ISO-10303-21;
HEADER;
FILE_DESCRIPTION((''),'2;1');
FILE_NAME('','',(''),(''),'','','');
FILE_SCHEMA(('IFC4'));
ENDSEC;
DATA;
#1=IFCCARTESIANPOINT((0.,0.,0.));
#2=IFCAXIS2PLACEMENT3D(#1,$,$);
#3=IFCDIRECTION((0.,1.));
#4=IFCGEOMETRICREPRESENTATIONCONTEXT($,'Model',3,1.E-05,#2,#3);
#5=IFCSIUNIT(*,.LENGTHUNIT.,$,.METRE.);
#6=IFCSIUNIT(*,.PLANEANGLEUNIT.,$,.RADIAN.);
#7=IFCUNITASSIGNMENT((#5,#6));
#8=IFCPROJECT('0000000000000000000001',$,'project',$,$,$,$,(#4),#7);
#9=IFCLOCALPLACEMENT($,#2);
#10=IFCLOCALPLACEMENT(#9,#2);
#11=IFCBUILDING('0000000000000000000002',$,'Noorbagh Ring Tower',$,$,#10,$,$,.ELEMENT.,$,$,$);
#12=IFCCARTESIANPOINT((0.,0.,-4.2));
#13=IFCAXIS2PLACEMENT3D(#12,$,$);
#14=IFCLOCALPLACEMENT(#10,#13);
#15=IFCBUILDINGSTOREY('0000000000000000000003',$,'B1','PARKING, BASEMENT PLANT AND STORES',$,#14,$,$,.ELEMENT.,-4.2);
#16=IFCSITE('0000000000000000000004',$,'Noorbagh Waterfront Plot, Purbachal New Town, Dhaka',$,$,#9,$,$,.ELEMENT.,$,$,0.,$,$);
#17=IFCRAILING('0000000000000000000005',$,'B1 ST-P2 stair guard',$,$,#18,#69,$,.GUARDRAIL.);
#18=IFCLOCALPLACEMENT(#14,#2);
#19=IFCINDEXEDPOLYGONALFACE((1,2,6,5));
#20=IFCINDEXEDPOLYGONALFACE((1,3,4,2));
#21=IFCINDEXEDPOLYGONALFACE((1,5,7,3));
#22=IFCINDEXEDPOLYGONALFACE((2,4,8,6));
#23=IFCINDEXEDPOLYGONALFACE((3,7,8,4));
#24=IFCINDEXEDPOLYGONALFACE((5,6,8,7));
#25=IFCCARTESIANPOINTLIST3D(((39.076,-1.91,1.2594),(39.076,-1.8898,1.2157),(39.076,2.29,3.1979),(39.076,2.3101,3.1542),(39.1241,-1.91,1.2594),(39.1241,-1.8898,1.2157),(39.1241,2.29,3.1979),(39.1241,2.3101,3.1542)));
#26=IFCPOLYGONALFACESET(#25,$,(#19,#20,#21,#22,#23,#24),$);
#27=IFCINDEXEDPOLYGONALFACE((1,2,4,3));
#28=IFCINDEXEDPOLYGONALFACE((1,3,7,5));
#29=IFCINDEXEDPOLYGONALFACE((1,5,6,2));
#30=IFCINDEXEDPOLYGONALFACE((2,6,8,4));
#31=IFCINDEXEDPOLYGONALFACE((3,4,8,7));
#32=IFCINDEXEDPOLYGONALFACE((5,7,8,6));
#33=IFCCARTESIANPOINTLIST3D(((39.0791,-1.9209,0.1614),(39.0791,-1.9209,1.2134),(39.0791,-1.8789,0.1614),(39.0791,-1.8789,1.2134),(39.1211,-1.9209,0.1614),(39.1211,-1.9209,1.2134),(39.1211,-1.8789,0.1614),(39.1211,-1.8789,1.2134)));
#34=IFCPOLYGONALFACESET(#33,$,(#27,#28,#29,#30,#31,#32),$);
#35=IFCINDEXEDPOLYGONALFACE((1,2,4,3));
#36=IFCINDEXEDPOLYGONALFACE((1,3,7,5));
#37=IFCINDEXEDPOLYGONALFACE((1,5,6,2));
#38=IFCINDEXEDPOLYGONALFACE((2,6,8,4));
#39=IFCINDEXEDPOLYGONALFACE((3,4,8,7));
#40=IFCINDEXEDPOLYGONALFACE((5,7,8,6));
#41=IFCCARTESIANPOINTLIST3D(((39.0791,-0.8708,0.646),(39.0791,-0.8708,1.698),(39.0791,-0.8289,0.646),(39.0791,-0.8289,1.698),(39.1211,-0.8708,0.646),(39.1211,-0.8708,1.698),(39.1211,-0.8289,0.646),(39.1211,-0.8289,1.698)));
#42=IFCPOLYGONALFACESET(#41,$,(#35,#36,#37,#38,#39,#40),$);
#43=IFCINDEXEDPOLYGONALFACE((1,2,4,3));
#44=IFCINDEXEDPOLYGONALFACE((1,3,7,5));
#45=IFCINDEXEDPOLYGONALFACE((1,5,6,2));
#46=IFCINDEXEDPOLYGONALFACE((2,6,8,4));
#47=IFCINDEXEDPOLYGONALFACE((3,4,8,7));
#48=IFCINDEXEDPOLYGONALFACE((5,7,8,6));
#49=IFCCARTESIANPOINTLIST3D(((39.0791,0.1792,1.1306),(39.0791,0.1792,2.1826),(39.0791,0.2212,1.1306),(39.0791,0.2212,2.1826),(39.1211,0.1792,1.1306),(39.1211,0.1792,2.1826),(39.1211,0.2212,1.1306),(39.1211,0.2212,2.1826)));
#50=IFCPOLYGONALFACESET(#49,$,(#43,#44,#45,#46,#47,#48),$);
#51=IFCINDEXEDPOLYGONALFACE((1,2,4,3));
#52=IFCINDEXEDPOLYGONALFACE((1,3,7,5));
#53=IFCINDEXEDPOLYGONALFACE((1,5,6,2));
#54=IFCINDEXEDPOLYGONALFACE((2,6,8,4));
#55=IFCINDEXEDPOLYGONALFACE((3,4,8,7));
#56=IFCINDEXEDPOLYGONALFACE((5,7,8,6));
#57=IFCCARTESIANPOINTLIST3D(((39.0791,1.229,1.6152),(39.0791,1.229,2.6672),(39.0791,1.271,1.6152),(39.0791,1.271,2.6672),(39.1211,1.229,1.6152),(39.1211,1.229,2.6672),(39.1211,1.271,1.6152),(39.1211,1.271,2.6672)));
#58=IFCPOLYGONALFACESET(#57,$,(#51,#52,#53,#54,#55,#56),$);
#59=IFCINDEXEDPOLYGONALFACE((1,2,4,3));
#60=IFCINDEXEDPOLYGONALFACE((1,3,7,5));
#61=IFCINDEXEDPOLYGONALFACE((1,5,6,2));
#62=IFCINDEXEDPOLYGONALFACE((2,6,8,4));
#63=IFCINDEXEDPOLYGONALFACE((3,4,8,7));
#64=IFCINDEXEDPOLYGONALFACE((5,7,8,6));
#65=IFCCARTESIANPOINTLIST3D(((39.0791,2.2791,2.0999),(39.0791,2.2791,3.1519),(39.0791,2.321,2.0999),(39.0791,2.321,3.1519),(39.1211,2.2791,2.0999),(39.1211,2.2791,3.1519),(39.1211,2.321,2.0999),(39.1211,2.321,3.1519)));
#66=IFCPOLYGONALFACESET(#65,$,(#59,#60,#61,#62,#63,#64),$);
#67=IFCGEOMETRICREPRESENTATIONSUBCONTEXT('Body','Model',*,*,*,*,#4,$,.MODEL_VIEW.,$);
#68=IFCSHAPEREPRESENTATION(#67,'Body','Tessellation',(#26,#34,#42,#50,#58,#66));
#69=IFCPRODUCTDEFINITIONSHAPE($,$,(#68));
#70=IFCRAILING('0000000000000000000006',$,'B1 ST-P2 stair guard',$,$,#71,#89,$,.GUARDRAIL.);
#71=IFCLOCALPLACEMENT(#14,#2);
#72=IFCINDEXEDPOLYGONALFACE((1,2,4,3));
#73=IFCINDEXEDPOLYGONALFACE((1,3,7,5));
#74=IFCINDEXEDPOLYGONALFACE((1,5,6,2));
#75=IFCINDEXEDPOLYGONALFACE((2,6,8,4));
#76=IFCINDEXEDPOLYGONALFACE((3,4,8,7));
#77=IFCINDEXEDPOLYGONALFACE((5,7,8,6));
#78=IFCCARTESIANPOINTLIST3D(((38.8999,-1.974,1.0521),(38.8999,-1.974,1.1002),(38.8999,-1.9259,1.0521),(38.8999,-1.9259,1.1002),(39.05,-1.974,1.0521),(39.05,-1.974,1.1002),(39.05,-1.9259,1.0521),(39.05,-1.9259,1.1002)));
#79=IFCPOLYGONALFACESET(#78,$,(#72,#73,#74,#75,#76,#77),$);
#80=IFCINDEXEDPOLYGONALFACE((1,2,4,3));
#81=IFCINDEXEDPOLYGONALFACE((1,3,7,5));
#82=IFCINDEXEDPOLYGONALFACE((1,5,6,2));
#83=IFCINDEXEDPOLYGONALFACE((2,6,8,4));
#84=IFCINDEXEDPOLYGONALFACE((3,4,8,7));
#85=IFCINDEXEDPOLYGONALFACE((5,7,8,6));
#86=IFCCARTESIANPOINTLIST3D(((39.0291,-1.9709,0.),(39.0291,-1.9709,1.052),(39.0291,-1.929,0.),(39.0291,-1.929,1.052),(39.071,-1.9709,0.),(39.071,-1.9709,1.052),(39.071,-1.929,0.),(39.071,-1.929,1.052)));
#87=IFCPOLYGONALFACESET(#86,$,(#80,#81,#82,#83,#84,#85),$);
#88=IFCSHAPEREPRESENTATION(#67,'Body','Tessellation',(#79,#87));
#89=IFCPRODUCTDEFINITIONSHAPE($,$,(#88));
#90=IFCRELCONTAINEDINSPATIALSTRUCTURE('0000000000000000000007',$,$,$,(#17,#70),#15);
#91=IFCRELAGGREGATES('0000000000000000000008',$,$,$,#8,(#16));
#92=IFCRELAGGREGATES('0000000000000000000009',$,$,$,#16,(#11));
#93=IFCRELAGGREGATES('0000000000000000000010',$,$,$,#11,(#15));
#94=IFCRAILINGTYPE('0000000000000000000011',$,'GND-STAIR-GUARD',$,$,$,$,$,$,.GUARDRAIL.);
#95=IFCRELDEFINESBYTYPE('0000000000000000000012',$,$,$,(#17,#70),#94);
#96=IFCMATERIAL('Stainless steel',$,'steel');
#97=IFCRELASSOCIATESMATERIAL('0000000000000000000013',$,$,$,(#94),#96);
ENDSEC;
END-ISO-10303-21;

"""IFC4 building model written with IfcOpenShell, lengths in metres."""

from ifc_helpers import new_model, si_unit, direction, frame, origin, origin_2d, place, context, subcontext, project, spatial, rectangle, extrude, material, type_object, element, save


model = new_model("IFC4")

# Units and contexts
model_context = context("Model", 3, precision=1e-05, world=origin(), true_north=direction((0.0, 1.0)))
body_context = subcontext(model_context, "Body", "Model", "MODEL_VIEW")
ifc_project = project(units=[si_unit("LENGTHUNIT", "METRE"), si_unit("PLANEANGLEUNIT", "RADIAN")], contexts=[model_context])

# Site, building, storey
site_placement = place(None, origin())
site = spatial("IfcSite", under=ifc_project, at=site_placement, Name="Noorbagh Waterfront Plot, Purbachal New Town, Dhaka", CompositionType="ELEMENT", RefElevation=0.0)
building_placement = place(site_placement, origin())
building = spatial("IfcBuilding", under=site, at=building_placement, Name="Noorbagh Ring Tower", CompositionType="ELEMENT")
storey_placement = place(building_placement, frame((0.0, 0.0, -4.2)))
storey = spatial("IfcBuildingStorey", under=building, at=storey_placement, Name="B1", Description="PARKING, BASEMENT PLANT AND STORES", CompositionType="ELEMENT", Elevation=-4.2)

# Railings
ifc_material_1 = material(Name="Stainless steel", Category="steel")
railing_type = type_object("IfcRailingType", Name="GND-STAIR-GUARD", PredefinedType="GUARDRAIL", material=ifc_material_1)
railing_1_placement = place(storey_placement, frame((39.1001, -1.8999, 0.1614)))
element("IfcRailing", 1, at=railing_1_placement, inside=storey, type_object=railing_type, Name="B1 ST-P2 stair guard", PredefinedType="GUARDRAIL", context=body_context, shape_type="SweptSolid", body=[
    extrude(rectangle(XDim=0.0481, YDim=0.0481, at=origin_2d()), frame((0.0, 0.0, 1.0762), z_axis=(0.0, 0.907956, 0.419065), x_axis=(-1.0, 0.0, 0.0)), (0.0, 0.0, 1.0), 4.6257),
    extrude(rectangle(XDim=0.042, YDim=0.042, at=origin_2d()), origin(), (0.0, 0.0, 1.0), 1.052),
    extrude(rectangle(XDim=0.042, YDim=0.042, at=origin_2d()), frame((0.0, 1.05, 0.4846)), (0.0, 0.0, 1.0), 1.052),
    extrude(rectangle(XDim=0.042, YDim=0.042, at=origin_2d()), frame((0.0, 2.1001, 0.9692)), (0.0, 0.0, 1.0), 1.052),
    extrude(rectangle(XDim=0.042, YDim=0.042, at=origin_2d()), frame((0.0, 3.1499, 1.4539)), (0.0, 0.0, 1.0), 1.052),
    extrude(rectangle(XDim=0.042, YDim=0.042, at=origin_2d()), frame((0.0, 4.2, 1.9385)), (0.0, 0.0, 1.0), 1.052),
])
railing_2_placement = place(storey_placement, frame((39.05, -1.95, 0.0)))
element("IfcRailing", 2, at=railing_2_placement, inside=storey, type_object=railing_type, Name="B1 ST-P2 stair guard", PredefinedType="GUARDRAIL", context=body_context, shape_type="SweptSolid", body=[
    extrude(rectangle(XDim=0.0481, YDim=0.0481, at=origin_2d()), frame((0.0, 0.0, 1.0762), z_axis=(-1.0, 0.0, 0.0), x_axis=(0.0, -1.0, 0.0)), (0.0, 0.0, 1.0), 0.1501),
    extrude(rectangle(XDim=0.042, YDim=0.042, at=origin_2d()), origin(), (0.0, 0.0, 1.0), 1.052),
])

save(model, "model.ifc")
